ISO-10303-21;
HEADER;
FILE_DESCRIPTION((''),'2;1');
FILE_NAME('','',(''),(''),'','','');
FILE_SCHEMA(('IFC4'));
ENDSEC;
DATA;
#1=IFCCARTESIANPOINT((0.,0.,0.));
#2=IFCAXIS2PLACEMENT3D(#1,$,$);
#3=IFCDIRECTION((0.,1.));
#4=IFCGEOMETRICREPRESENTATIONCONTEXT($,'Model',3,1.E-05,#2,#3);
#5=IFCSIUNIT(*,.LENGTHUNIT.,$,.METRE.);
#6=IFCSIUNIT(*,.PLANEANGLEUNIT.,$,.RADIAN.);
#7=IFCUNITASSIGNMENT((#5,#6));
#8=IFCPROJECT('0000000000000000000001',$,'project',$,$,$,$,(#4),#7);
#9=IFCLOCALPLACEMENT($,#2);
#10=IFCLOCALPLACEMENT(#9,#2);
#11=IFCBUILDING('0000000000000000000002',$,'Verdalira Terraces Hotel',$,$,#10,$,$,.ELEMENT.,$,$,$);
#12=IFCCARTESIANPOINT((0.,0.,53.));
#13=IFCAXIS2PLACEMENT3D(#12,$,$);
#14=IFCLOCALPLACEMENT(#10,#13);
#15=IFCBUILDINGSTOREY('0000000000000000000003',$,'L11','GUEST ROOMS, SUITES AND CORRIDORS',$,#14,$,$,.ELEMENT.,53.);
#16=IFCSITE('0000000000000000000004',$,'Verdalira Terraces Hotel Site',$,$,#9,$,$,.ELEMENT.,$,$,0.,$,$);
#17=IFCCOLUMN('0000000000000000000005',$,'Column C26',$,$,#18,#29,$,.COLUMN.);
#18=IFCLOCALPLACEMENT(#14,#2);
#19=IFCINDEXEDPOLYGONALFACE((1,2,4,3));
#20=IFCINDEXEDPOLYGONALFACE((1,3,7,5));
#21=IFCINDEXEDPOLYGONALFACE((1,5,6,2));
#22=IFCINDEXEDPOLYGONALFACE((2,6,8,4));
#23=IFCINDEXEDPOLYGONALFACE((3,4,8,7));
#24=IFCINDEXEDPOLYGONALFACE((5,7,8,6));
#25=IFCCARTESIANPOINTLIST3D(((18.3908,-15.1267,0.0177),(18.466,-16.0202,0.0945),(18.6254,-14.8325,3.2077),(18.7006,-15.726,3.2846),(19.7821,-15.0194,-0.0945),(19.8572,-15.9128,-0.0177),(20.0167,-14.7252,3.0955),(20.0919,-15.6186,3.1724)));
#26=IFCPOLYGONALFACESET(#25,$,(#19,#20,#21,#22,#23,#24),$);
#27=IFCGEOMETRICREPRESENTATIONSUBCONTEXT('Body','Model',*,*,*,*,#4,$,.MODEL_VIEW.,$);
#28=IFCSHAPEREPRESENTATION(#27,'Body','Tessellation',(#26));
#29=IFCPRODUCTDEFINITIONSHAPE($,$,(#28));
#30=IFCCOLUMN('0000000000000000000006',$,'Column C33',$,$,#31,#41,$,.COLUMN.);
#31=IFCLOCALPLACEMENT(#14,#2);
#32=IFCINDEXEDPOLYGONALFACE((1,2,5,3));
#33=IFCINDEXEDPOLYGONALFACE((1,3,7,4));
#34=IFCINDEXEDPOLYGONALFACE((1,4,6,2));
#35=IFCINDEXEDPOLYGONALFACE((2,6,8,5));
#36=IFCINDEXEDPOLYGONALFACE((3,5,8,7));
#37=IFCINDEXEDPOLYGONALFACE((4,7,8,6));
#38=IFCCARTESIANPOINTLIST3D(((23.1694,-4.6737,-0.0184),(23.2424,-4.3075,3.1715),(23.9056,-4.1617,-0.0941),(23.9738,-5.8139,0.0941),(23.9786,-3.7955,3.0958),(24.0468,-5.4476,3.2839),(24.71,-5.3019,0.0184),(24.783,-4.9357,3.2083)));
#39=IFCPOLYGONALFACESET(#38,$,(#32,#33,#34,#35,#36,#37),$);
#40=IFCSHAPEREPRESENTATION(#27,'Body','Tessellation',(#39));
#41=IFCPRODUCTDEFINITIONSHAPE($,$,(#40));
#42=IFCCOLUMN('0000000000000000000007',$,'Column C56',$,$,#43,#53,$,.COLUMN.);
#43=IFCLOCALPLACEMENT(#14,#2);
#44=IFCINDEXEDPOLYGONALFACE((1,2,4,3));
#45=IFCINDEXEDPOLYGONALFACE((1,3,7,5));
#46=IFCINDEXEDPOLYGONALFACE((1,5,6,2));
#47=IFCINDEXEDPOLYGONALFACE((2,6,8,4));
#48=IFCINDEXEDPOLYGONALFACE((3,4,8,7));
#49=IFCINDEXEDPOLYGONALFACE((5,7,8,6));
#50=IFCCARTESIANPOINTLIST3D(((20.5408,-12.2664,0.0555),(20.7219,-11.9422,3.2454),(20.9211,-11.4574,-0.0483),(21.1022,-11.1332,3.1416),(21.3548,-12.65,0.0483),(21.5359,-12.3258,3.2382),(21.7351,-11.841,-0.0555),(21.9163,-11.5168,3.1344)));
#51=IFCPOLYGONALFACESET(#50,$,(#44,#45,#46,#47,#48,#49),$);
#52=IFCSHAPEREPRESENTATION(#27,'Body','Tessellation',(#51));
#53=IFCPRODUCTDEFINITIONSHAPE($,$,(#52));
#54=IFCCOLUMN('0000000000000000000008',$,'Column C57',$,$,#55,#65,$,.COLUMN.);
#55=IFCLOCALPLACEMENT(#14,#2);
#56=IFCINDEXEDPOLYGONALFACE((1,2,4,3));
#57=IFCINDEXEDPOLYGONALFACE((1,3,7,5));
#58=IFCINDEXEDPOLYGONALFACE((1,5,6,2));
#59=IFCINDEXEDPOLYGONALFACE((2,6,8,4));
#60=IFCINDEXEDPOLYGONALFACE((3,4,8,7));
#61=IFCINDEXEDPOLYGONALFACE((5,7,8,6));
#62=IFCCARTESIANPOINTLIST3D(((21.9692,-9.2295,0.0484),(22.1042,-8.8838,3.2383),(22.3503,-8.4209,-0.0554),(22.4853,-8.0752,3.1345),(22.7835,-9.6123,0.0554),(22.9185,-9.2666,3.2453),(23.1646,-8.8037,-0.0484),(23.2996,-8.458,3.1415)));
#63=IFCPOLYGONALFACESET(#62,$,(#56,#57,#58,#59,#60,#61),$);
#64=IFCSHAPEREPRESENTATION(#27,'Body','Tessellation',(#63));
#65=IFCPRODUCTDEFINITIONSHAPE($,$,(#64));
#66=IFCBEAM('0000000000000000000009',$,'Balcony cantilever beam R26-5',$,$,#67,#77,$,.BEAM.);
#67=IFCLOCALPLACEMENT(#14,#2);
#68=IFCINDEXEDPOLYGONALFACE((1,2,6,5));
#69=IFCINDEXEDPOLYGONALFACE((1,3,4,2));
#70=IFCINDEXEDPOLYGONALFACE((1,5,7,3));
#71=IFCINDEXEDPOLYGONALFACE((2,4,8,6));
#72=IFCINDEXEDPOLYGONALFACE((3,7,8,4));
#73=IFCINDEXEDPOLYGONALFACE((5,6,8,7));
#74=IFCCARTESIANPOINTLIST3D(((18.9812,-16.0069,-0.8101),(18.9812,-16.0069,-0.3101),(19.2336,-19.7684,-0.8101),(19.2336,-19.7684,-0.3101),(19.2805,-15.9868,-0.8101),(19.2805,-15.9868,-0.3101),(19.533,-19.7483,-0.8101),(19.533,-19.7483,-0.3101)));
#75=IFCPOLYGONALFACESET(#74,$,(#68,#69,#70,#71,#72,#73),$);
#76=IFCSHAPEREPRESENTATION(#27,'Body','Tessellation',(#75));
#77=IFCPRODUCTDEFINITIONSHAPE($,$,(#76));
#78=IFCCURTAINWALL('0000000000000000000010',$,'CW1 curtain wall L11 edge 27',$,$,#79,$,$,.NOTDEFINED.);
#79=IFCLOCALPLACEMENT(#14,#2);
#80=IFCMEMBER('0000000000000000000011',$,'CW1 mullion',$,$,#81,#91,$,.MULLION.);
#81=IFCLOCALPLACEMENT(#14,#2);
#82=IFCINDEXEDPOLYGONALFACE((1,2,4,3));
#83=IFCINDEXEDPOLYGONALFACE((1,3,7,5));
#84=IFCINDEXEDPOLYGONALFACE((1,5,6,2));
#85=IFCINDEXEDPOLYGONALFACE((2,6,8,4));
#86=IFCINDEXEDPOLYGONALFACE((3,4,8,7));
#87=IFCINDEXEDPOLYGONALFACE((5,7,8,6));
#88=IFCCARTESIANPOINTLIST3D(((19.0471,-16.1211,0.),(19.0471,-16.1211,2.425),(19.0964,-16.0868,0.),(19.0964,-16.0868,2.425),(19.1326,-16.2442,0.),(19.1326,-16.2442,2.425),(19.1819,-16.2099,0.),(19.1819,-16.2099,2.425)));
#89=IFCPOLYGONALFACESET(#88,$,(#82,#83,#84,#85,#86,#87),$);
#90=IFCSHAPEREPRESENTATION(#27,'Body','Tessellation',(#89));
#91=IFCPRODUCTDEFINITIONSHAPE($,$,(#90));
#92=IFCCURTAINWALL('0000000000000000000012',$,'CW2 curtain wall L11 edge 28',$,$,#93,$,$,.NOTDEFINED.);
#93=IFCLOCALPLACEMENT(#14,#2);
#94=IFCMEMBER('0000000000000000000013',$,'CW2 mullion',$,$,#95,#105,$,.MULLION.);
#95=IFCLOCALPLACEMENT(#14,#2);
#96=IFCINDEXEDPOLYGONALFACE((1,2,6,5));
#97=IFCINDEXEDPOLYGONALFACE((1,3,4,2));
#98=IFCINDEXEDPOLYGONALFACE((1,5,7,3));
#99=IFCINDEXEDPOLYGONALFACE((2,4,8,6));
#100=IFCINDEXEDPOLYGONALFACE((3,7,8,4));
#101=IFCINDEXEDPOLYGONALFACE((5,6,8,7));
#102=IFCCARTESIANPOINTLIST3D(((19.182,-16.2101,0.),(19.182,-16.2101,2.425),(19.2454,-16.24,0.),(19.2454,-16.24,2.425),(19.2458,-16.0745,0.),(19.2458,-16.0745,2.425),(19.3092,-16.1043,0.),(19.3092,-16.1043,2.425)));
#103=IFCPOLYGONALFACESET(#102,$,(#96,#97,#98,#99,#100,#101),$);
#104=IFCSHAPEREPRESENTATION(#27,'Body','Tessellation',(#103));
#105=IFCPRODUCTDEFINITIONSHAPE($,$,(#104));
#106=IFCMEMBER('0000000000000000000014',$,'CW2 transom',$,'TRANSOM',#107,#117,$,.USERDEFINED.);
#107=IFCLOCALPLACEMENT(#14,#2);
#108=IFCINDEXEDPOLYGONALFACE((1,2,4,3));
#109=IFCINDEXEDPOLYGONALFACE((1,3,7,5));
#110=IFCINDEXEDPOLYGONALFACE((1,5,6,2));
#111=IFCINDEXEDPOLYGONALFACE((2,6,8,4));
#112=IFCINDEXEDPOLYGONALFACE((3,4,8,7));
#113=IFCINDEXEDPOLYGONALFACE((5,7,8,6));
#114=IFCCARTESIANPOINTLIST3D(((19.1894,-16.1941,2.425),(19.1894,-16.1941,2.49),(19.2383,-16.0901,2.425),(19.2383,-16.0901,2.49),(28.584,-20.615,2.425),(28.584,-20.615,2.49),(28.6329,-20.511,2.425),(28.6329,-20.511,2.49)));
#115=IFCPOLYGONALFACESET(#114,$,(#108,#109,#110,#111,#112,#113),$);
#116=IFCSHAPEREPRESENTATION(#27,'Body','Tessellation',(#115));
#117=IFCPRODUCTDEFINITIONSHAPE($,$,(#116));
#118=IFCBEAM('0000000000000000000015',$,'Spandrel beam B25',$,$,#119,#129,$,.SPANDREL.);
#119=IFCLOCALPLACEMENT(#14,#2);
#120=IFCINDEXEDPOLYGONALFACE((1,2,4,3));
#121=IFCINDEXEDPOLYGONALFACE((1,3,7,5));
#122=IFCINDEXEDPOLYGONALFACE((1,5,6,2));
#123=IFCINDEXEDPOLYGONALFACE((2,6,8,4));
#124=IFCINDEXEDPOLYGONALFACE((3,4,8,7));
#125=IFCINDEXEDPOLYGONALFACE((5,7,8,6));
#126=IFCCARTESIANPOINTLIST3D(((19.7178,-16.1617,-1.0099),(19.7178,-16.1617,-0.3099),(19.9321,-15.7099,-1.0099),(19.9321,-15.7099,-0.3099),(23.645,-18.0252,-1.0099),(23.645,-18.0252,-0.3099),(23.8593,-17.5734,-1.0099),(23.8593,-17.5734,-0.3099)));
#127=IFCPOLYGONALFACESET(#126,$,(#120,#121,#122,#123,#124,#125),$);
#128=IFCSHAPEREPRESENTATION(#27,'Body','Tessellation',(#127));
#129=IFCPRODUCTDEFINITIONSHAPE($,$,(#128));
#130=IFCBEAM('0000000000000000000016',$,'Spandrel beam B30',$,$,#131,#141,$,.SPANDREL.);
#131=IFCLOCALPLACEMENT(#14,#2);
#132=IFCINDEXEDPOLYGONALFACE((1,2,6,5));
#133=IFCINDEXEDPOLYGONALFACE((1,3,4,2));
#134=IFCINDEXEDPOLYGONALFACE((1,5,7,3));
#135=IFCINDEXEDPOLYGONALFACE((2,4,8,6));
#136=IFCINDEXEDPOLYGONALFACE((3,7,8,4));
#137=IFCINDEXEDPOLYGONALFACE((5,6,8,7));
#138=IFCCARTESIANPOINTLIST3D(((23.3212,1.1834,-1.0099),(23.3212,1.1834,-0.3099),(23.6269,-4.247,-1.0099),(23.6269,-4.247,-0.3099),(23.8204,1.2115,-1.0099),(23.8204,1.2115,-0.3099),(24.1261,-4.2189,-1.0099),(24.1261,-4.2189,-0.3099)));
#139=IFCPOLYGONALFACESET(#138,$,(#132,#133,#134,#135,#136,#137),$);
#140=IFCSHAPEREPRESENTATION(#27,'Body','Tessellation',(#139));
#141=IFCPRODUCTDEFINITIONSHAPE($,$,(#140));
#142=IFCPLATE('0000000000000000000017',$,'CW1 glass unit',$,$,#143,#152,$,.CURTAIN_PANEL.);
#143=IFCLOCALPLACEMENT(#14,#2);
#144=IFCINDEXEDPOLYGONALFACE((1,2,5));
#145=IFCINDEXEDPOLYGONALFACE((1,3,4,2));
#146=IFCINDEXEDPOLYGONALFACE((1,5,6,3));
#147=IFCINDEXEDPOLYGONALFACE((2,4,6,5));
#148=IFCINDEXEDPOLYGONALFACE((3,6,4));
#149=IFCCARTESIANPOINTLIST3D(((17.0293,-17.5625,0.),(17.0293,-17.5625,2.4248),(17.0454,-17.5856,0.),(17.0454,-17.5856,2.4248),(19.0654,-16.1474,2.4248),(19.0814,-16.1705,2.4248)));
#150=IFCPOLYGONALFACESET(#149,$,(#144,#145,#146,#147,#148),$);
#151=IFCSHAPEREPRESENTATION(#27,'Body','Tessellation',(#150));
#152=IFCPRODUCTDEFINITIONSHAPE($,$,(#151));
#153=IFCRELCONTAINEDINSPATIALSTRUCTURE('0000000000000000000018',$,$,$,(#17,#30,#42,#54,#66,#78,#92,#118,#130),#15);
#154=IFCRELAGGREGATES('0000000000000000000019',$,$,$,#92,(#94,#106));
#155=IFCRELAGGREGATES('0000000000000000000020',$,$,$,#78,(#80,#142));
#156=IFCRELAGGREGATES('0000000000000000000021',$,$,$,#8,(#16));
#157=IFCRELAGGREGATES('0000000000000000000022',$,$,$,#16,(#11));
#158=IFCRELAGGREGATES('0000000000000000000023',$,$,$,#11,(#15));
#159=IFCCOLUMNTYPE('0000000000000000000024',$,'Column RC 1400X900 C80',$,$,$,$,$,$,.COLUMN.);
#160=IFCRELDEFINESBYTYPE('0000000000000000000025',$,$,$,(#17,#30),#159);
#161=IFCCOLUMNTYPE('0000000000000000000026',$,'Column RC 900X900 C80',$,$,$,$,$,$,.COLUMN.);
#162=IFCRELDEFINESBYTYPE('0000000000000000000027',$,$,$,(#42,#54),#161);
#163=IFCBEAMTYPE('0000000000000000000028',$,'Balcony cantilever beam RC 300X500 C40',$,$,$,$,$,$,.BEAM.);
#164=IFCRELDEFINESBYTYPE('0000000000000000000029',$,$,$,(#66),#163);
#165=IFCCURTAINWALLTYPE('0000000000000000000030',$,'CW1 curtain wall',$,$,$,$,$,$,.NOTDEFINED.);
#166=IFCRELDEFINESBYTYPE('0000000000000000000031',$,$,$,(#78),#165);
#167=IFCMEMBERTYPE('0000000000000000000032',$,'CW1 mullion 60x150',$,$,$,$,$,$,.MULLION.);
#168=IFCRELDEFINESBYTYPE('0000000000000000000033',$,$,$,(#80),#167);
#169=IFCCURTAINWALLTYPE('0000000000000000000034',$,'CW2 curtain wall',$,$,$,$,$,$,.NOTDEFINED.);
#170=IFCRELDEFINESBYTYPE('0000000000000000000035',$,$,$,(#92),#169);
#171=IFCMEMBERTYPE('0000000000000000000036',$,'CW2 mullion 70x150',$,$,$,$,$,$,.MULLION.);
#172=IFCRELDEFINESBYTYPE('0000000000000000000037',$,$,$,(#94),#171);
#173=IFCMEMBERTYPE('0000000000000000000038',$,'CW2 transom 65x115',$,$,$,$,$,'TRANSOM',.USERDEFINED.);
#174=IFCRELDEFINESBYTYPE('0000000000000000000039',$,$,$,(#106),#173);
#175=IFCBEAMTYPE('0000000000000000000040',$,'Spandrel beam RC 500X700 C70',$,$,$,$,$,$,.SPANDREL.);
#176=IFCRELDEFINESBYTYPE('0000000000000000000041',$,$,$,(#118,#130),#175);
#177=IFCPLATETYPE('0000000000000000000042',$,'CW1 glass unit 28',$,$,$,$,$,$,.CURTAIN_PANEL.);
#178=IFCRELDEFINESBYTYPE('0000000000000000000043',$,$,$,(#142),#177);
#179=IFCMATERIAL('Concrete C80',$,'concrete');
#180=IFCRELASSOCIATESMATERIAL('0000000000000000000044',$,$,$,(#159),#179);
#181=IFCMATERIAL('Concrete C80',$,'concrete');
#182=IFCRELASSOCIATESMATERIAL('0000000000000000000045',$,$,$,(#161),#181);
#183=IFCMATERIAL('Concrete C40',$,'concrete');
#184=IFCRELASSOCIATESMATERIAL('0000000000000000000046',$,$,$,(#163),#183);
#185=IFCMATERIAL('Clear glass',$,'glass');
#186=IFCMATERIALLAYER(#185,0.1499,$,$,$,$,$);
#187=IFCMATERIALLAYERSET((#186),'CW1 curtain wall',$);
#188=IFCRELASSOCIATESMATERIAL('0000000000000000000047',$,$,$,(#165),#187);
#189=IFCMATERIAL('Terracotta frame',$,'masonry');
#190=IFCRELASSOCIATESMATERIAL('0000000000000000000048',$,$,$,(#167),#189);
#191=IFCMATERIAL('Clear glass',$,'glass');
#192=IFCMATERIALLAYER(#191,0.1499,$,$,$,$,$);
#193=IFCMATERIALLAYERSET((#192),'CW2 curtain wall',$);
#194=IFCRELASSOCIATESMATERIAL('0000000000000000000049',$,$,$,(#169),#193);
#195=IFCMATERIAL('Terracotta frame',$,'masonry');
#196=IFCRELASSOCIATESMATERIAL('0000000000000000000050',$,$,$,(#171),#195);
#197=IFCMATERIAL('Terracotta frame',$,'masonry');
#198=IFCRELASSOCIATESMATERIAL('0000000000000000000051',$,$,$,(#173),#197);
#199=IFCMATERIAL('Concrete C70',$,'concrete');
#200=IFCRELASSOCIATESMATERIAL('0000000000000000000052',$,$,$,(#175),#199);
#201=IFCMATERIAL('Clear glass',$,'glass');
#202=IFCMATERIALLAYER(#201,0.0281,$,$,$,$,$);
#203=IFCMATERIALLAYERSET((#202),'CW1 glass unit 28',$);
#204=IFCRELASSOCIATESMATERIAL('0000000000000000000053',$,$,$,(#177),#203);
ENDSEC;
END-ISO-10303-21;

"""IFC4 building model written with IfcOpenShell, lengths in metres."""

from ifc_helpers import new_model, si_unit, direction, frame, origin, origin_2d, place, context, subcontext, project, spatial, polyline, rectangle, outline, extrude, material, layer, layer_set, material_profile, profile_set, type_object, element, aggregate, save


model = new_model("IFC4")

# Units and contexts
model_context = context("Model", 3, precision=1e-05, world=origin(), true_north=direction((0.0, 1.0)))
body_context = subcontext(model_context, "Body", "Model", "MODEL_VIEW")
ifc_project = project(units=[si_unit("LENGTHUNIT", "METRE"), si_unit("PLANEANGLEUNIT", "RADIAN")], contexts=[model_context])

# Site, building, storey
site_placement = place(None, origin())
site = spatial("IfcSite", under=ifc_project, at=site_placement, Name="Verdalira Terraces Hotel Site", CompositionType="ELEMENT", RefElevation=0.0)
building_placement = place(site_placement, origin())
building = spatial("IfcBuilding", under=site, at=building_placement, Name="Verdalira Terraces Hotel", CompositionType="ELEMENT")
storey_placement = place(building_placement, frame((0.0, 0.0, 53.0)))
storey = spatial("IfcBuildingStorey", under=building, at=storey_placement, Name="L11", Description="GUEST ROOMS, SUITES AND CORRIDORS", CompositionType="ELEMENT", Elevation=53.0)

# Columns
ifc_material_1 = material(Name="Concrete C80", Category="concrete")
ifc_material_profile_1 = material_profile(ifc_material_1, rectangle(XDim=1.3999, YDim=0.8999, at=origin_2d()), Name="RC 1400X900")
ifc_profile_set_1 = profile_set([ifc_material_profile_1], Name="Concrete C80")
column_type_1 = type_object("IfcColumnType", Name="Column RC 1400X900 C80", PredefinedType="COLUMN", material=ifc_profile_set_1)
column_1_placement = place(storey_placement, frame((19.124, -15.5198, 0.0), z_axis=(0.073043, 0.091589, 0.993114), x_axis=(-0.993827, -0.076692, 0.080168)))
element("IfcColumn", 1, at=column_1_placement, inside=storey, type_object=column_type_1, Name="Column C26", PredefinedType="COLUMN", context=body_context, shape_type="SweptSolid", body=[
    extrude(rectangle(XDim=1.3999, YDim=0.8999, at=origin_2d()), origin(), (0.0, 0.0, 1.0), 3.2122),
])
column_2_placement = place(storey_placement, frame((23.9397, -4.9878, 0.0), z_axis=(0.022729, 0.114023, 0.993218), x_axis=(0.574643, -0.81445, 0.08035)))
element("IfcColumn", 2, at=column_2_placement, inside=storey, type_object=column_type_1, Name="Column C33", PredefinedType="COLUMN", context=body_context, shape_type="SweptSolid", body=[
    extrude(rectangle(XDim=1.3999, YDim=0.8999, at=origin_2d()), origin(), (0.0, 0.0, 1.0), 3.2117),
])
ifc_material_2 = material(Name="Concrete C80", Category="concrete")
ifc_material_profile_2 = material_profile(ifc_material_2, rectangle(XDim=0.8999, YDim=0.8999, at=origin_2d()), Name="RC 900X900")
ifc_profile_set_2 = profile_set([ifc_material_profile_2], Name="Concrete C80")
column_type_2 = type_object("IfcColumnType", Name="Column RC 900X900 C80", PredefinedType="COLUMN", material=ifc_profile_set_2)
for number, where, z_axis, x_axis, name in (
    (3, (21.1379, -12.0537, 0.0), (0.056408, 0.100956, 0.993291), (0.904548, -0.426296, -0.00804), "Column C56"),
    (4, (22.5669, -9.0166, 0.0), (0.04204, 0.107647, 0.9933), (0.904939, -0.425469, 0.007809), "Column C57"),
):
    element("IfcColumn", number, at=place(storey_placement, frame(where, z_axis=z_axis, x_axis=x_axis)), inside=storey, type_object=column_type_2, Name=name, PredefinedType="COLUMN", context=body_context, shape_type="SweptSolid", body=[
        extrude(rectangle(XDim=0.8999, YDim=0.8999, at=origin_2d()), origin(), (0.0, 0.0, 1.0), 3.2114),
    ])

# Beam
ifc_material_3 = material(Name="Concrete C40", Category="concrete")
ifc_material_profile_3 = material_profile(ifc_material_3, rectangle(XDim=0.3, YDim=0.5, at=origin_2d()), Name="RC 300X500")
ifc_profile_set_3 = profile_set([ifc_material_profile_3], Name="Concrete C40")
beam_type_1 = type_object("IfcBeamType", Name="Balcony cantilever beam RC 300X500 C40", PredefinedType="BEAM", material=ifc_profile_set_3)
beam_1_placement = place(storey_placement, frame((19.1309, -15.9968, -0.5601), z_axis=(0.066962, -0.997756, 0.0), x_axis=(0.997756, 0.066962, 0.0)))
element("IfcBeam", 5, at=beam_1_placement, inside=storey, type_object=beam_type_1, Name="Balcony cantilever beam R26-5", PredefinedType="BEAM", context=body_context, shape_type="SweptSolid", body=[
    extrude(rectangle(XDim=0.3, YDim=0.5, at=origin_2d()), origin(), (0.0, 0.0, 1.0), 3.77),
])

# Curtain wall, member
ifc_material_4 = material(Name="Clear glass", Category="glass")
ifc_layer_1 = layer(ifc_material_4, 0.1499)
ifc_layer_set_1 = layer_set([ifc_layer_1], Name="CW1 curtain wall")
curtain_wall_type_1 = type_object("IfcCurtainWallType", Name="CW1 curtain wall", PredefinedType="NOTDEFINED", material=ifc_layer_set_1)
curtain_wall_1_placement = place(storey_placement, origin())
curtain_wall_1 = element("IfcCurtainWall", 6, at=curtain_wall_1_placement, inside=storey, type_object=curtain_wall_type_1, Name="CW1 curtain wall L11 edge 27", PredefinedType="NOTDEFINED")
ifc_material_5 = material(Name="Terracotta frame", Category="masonry")
ifc_material_profile_4 = material_profile(ifc_material_5, rectangle(XDim=0.0601, YDim=0.1499, at=origin_2d()), Name="MU 60x150")
ifc_profile_set_4 = profile_set([ifc_material_profile_4], Name="Terracotta frame")
member_type_1 = type_object("IfcMemberType", Name="CW1 mullion 60x150", PredefinedType="MULLION", material=ifc_profile_set_4)
member_1_placement = place(storey_placement, frame((19.1145, -16.1655, 0.0), z_axis=(0.0, 0.0, 1.0), x_axis=(0.821149, 0.570714, 0.0)))
member_1 = element("IfcMember", 7, at=member_1_placement, type_object=member_type_1, Name="CW1 mullion", PredefinedType="MULLION", context=body_context, shape_type="SweptSolid", body=[
    extrude(rectangle(XDim=0.0601, YDim=0.1499, at=origin_2d()), origin(), (0.0, 0.0, 1.0), 2.425),
])

# Curtain wall, members
ifc_material_6 = material(Name="Clear glass", Category="glass")
ifc_layer_2 = layer(ifc_material_6, 0.1499)
ifc_layer_set_2 = layer_set([ifc_layer_2], Name="CW2 curtain wall")
curtain_wall_type_2 = type_object("IfcCurtainWallType", Name="CW2 curtain wall", PredefinedType="NOTDEFINED", material=ifc_layer_set_2)
curtain_wall_2_placement = place(storey_placement, origin())
curtain_wall_2 = element("IfcCurtainWall", 8, at=curtain_wall_2_placement, inside=storey, type_object=curtain_wall_type_2, Name="CW2 curtain wall L11 edge 28", PredefinedType="NOTDEFINED")
ifc_material_7 = material(Name="Terracotta frame", Category="masonry")
ifc_material_profile_5 = material_profile(ifc_material_7, rectangle(XDim=0.0701, YDim=0.1499, at=origin_2d()), Name="MU 70x150")
ifc_profile_set_5 = profile_set([ifc_material_profile_5], Name="Terracotta frame")
member_type_2 = type_object("IfcMemberType", Name="CW2 mullion 70x150", PredefinedType="MULLION", material=ifc_profile_set_5)
member_2_placement = place(storey_placement, frame((19.2456, -16.1572, 0.0), z_axis=(0.0, 0.0, 1.0), x_axis=(0.904827, -0.425779, 0.0)))
member_2 = element("IfcMember", 9, at=member_2_placement, type_object=member_type_2, Name="CW2 mullion", PredefinedType="MULLION", context=body_context, shape_type="SweptSolid", body=[
    extrude(rectangle(XDim=0.0701, YDim=0.1499, at=origin_2d()), origin(), (0.0, 0.0, 1.0), 2.425),
])
ifc_material_8 = material(Name="Terracotta frame", Category="masonry")
ifc_material_profile_6 = material_profile(ifc_material_8, rectangle(XDim=0.115, YDim=0.0649, at=origin_2d()), Name="TR 65x115")
ifc_profile_set_6 = profile_set([ifc_material_profile_6], Name="Terracotta frame")
member_type_3 = type_object("IfcMemberType", Name="CW2 transom 65x115", ElementType="TRANSOM", PredefinedType="USERDEFINED", material=ifc_profile_set_6)
member_3_placement = place(storey_placement, frame((19.2139, -16.1421, 2.4575), z_axis=(0.904821, -0.425793, 0.0), x_axis=(0.425793, 0.904821, 0.0)))
member_3 = element("IfcMember", 10, at=member_3_placement, type_object=member_type_3, Name="CW2 transom", ObjectType="TRANSOM", PredefinedType="USERDEFINED", context=body_context, shape_type="SweptSolid", body=[
    extrude(rectangle(XDim=0.115, YDim=0.0649, at=origin_2d()), origin(), (0.0, 0.0, 1.0), 10.3828),
])
aggregate(curtain_wall_2, [member_2, member_3])

# Beams
ifc_material_9 = material(Name="Concrete C70", Category="concrete")
ifc_material_profile_7 = material_profile(ifc_material_9, rectangle(XDim=0.5, YDim=0.7, at=origin_2d()), Name="RC 500X700")
ifc_profile_set_7 = profile_set([ifc_material_profile_7], Name="Concrete C70")
beam_type_2 = type_object("IfcBeamType", Name="Spandrel beam RC 500X700 C70", PredefinedType="SPANDREL", material=ifc_profile_set_7)
beam_2_placement = place(storey_placement, frame((19.825, -15.9358, -0.6599), z_axis=(0.903448, -0.428697, 0.0), x_axis=(0.428697, 0.903448, 0.0)))
element("IfcBeam", 11, at=beam_2_placement, inside=storey, type_object=beam_type_2, Name="Spandrel beam B25", PredefinedType="SPANDREL", context=body_context, shape_type="SweptSolid", body=[
    extrude(rectangle(XDim=0.5, YDim=0.7, at=origin_2d()), origin(), (0.0, 0.0, 1.0), 4.3469),
])
beam_3_placement = place(storey_placement, frame((23.8765, -4.2329, -0.6599), z_axis=(-0.056198, 0.99842, 0.0), x_axis=(-0.99842, -0.056198, 0.0)))
element("IfcBeam", 12, at=beam_3_placement, inside=storey, type_object=beam_type_2, Name="Spandrel beam B30", PredefinedType="SPANDREL", context=body_context, shape_type="SweptSolid", body=[
    extrude(rectangle(XDim=0.5, YDim=0.7, at=origin_2d()), origin(), (0.0, 0.0, 1.0), 5.439),
])

# Plate
ifc_material_10 = material(Name="Clear glass", Category="glass")
ifc_layer_3 = layer(ifc_material_10, 0.0281)
ifc_layer_set_3 = layer_set([ifc_layer_3], Name="CW1 glass unit 28")
plate_type = type_object("IfcPlateType", Name="CW1 glass unit 28", PredefinedType="CURTAIN_PANEL", material=ifc_layer_set_3)
plate_placement = place(storey_placement, frame((18.0474, -16.855, 1.2124), z_axis=(0.570714, -0.821149, 0.0), x_axis=(0.821149, 0.570714, 0.0)))
plate = element("IfcPlate", 13, at=plate_placement, type_object=plate_type, Name="CW1 glass unit", PredefinedType="CURTAIN_PANEL", context=body_context, shape_type="SweptSolid", body=[
    extrude(outline(polyline([(-1.2397, -1.2124), (1.2397, 1.2124), (-1.2397, 1.2124), (-1.2397, -1.2124)])), origin(), (0.0, 0.0, 1.0), 0.0281),
])
aggregate(curtain_wall_1, [member_1, plate])

save(model, "model.ifc")
